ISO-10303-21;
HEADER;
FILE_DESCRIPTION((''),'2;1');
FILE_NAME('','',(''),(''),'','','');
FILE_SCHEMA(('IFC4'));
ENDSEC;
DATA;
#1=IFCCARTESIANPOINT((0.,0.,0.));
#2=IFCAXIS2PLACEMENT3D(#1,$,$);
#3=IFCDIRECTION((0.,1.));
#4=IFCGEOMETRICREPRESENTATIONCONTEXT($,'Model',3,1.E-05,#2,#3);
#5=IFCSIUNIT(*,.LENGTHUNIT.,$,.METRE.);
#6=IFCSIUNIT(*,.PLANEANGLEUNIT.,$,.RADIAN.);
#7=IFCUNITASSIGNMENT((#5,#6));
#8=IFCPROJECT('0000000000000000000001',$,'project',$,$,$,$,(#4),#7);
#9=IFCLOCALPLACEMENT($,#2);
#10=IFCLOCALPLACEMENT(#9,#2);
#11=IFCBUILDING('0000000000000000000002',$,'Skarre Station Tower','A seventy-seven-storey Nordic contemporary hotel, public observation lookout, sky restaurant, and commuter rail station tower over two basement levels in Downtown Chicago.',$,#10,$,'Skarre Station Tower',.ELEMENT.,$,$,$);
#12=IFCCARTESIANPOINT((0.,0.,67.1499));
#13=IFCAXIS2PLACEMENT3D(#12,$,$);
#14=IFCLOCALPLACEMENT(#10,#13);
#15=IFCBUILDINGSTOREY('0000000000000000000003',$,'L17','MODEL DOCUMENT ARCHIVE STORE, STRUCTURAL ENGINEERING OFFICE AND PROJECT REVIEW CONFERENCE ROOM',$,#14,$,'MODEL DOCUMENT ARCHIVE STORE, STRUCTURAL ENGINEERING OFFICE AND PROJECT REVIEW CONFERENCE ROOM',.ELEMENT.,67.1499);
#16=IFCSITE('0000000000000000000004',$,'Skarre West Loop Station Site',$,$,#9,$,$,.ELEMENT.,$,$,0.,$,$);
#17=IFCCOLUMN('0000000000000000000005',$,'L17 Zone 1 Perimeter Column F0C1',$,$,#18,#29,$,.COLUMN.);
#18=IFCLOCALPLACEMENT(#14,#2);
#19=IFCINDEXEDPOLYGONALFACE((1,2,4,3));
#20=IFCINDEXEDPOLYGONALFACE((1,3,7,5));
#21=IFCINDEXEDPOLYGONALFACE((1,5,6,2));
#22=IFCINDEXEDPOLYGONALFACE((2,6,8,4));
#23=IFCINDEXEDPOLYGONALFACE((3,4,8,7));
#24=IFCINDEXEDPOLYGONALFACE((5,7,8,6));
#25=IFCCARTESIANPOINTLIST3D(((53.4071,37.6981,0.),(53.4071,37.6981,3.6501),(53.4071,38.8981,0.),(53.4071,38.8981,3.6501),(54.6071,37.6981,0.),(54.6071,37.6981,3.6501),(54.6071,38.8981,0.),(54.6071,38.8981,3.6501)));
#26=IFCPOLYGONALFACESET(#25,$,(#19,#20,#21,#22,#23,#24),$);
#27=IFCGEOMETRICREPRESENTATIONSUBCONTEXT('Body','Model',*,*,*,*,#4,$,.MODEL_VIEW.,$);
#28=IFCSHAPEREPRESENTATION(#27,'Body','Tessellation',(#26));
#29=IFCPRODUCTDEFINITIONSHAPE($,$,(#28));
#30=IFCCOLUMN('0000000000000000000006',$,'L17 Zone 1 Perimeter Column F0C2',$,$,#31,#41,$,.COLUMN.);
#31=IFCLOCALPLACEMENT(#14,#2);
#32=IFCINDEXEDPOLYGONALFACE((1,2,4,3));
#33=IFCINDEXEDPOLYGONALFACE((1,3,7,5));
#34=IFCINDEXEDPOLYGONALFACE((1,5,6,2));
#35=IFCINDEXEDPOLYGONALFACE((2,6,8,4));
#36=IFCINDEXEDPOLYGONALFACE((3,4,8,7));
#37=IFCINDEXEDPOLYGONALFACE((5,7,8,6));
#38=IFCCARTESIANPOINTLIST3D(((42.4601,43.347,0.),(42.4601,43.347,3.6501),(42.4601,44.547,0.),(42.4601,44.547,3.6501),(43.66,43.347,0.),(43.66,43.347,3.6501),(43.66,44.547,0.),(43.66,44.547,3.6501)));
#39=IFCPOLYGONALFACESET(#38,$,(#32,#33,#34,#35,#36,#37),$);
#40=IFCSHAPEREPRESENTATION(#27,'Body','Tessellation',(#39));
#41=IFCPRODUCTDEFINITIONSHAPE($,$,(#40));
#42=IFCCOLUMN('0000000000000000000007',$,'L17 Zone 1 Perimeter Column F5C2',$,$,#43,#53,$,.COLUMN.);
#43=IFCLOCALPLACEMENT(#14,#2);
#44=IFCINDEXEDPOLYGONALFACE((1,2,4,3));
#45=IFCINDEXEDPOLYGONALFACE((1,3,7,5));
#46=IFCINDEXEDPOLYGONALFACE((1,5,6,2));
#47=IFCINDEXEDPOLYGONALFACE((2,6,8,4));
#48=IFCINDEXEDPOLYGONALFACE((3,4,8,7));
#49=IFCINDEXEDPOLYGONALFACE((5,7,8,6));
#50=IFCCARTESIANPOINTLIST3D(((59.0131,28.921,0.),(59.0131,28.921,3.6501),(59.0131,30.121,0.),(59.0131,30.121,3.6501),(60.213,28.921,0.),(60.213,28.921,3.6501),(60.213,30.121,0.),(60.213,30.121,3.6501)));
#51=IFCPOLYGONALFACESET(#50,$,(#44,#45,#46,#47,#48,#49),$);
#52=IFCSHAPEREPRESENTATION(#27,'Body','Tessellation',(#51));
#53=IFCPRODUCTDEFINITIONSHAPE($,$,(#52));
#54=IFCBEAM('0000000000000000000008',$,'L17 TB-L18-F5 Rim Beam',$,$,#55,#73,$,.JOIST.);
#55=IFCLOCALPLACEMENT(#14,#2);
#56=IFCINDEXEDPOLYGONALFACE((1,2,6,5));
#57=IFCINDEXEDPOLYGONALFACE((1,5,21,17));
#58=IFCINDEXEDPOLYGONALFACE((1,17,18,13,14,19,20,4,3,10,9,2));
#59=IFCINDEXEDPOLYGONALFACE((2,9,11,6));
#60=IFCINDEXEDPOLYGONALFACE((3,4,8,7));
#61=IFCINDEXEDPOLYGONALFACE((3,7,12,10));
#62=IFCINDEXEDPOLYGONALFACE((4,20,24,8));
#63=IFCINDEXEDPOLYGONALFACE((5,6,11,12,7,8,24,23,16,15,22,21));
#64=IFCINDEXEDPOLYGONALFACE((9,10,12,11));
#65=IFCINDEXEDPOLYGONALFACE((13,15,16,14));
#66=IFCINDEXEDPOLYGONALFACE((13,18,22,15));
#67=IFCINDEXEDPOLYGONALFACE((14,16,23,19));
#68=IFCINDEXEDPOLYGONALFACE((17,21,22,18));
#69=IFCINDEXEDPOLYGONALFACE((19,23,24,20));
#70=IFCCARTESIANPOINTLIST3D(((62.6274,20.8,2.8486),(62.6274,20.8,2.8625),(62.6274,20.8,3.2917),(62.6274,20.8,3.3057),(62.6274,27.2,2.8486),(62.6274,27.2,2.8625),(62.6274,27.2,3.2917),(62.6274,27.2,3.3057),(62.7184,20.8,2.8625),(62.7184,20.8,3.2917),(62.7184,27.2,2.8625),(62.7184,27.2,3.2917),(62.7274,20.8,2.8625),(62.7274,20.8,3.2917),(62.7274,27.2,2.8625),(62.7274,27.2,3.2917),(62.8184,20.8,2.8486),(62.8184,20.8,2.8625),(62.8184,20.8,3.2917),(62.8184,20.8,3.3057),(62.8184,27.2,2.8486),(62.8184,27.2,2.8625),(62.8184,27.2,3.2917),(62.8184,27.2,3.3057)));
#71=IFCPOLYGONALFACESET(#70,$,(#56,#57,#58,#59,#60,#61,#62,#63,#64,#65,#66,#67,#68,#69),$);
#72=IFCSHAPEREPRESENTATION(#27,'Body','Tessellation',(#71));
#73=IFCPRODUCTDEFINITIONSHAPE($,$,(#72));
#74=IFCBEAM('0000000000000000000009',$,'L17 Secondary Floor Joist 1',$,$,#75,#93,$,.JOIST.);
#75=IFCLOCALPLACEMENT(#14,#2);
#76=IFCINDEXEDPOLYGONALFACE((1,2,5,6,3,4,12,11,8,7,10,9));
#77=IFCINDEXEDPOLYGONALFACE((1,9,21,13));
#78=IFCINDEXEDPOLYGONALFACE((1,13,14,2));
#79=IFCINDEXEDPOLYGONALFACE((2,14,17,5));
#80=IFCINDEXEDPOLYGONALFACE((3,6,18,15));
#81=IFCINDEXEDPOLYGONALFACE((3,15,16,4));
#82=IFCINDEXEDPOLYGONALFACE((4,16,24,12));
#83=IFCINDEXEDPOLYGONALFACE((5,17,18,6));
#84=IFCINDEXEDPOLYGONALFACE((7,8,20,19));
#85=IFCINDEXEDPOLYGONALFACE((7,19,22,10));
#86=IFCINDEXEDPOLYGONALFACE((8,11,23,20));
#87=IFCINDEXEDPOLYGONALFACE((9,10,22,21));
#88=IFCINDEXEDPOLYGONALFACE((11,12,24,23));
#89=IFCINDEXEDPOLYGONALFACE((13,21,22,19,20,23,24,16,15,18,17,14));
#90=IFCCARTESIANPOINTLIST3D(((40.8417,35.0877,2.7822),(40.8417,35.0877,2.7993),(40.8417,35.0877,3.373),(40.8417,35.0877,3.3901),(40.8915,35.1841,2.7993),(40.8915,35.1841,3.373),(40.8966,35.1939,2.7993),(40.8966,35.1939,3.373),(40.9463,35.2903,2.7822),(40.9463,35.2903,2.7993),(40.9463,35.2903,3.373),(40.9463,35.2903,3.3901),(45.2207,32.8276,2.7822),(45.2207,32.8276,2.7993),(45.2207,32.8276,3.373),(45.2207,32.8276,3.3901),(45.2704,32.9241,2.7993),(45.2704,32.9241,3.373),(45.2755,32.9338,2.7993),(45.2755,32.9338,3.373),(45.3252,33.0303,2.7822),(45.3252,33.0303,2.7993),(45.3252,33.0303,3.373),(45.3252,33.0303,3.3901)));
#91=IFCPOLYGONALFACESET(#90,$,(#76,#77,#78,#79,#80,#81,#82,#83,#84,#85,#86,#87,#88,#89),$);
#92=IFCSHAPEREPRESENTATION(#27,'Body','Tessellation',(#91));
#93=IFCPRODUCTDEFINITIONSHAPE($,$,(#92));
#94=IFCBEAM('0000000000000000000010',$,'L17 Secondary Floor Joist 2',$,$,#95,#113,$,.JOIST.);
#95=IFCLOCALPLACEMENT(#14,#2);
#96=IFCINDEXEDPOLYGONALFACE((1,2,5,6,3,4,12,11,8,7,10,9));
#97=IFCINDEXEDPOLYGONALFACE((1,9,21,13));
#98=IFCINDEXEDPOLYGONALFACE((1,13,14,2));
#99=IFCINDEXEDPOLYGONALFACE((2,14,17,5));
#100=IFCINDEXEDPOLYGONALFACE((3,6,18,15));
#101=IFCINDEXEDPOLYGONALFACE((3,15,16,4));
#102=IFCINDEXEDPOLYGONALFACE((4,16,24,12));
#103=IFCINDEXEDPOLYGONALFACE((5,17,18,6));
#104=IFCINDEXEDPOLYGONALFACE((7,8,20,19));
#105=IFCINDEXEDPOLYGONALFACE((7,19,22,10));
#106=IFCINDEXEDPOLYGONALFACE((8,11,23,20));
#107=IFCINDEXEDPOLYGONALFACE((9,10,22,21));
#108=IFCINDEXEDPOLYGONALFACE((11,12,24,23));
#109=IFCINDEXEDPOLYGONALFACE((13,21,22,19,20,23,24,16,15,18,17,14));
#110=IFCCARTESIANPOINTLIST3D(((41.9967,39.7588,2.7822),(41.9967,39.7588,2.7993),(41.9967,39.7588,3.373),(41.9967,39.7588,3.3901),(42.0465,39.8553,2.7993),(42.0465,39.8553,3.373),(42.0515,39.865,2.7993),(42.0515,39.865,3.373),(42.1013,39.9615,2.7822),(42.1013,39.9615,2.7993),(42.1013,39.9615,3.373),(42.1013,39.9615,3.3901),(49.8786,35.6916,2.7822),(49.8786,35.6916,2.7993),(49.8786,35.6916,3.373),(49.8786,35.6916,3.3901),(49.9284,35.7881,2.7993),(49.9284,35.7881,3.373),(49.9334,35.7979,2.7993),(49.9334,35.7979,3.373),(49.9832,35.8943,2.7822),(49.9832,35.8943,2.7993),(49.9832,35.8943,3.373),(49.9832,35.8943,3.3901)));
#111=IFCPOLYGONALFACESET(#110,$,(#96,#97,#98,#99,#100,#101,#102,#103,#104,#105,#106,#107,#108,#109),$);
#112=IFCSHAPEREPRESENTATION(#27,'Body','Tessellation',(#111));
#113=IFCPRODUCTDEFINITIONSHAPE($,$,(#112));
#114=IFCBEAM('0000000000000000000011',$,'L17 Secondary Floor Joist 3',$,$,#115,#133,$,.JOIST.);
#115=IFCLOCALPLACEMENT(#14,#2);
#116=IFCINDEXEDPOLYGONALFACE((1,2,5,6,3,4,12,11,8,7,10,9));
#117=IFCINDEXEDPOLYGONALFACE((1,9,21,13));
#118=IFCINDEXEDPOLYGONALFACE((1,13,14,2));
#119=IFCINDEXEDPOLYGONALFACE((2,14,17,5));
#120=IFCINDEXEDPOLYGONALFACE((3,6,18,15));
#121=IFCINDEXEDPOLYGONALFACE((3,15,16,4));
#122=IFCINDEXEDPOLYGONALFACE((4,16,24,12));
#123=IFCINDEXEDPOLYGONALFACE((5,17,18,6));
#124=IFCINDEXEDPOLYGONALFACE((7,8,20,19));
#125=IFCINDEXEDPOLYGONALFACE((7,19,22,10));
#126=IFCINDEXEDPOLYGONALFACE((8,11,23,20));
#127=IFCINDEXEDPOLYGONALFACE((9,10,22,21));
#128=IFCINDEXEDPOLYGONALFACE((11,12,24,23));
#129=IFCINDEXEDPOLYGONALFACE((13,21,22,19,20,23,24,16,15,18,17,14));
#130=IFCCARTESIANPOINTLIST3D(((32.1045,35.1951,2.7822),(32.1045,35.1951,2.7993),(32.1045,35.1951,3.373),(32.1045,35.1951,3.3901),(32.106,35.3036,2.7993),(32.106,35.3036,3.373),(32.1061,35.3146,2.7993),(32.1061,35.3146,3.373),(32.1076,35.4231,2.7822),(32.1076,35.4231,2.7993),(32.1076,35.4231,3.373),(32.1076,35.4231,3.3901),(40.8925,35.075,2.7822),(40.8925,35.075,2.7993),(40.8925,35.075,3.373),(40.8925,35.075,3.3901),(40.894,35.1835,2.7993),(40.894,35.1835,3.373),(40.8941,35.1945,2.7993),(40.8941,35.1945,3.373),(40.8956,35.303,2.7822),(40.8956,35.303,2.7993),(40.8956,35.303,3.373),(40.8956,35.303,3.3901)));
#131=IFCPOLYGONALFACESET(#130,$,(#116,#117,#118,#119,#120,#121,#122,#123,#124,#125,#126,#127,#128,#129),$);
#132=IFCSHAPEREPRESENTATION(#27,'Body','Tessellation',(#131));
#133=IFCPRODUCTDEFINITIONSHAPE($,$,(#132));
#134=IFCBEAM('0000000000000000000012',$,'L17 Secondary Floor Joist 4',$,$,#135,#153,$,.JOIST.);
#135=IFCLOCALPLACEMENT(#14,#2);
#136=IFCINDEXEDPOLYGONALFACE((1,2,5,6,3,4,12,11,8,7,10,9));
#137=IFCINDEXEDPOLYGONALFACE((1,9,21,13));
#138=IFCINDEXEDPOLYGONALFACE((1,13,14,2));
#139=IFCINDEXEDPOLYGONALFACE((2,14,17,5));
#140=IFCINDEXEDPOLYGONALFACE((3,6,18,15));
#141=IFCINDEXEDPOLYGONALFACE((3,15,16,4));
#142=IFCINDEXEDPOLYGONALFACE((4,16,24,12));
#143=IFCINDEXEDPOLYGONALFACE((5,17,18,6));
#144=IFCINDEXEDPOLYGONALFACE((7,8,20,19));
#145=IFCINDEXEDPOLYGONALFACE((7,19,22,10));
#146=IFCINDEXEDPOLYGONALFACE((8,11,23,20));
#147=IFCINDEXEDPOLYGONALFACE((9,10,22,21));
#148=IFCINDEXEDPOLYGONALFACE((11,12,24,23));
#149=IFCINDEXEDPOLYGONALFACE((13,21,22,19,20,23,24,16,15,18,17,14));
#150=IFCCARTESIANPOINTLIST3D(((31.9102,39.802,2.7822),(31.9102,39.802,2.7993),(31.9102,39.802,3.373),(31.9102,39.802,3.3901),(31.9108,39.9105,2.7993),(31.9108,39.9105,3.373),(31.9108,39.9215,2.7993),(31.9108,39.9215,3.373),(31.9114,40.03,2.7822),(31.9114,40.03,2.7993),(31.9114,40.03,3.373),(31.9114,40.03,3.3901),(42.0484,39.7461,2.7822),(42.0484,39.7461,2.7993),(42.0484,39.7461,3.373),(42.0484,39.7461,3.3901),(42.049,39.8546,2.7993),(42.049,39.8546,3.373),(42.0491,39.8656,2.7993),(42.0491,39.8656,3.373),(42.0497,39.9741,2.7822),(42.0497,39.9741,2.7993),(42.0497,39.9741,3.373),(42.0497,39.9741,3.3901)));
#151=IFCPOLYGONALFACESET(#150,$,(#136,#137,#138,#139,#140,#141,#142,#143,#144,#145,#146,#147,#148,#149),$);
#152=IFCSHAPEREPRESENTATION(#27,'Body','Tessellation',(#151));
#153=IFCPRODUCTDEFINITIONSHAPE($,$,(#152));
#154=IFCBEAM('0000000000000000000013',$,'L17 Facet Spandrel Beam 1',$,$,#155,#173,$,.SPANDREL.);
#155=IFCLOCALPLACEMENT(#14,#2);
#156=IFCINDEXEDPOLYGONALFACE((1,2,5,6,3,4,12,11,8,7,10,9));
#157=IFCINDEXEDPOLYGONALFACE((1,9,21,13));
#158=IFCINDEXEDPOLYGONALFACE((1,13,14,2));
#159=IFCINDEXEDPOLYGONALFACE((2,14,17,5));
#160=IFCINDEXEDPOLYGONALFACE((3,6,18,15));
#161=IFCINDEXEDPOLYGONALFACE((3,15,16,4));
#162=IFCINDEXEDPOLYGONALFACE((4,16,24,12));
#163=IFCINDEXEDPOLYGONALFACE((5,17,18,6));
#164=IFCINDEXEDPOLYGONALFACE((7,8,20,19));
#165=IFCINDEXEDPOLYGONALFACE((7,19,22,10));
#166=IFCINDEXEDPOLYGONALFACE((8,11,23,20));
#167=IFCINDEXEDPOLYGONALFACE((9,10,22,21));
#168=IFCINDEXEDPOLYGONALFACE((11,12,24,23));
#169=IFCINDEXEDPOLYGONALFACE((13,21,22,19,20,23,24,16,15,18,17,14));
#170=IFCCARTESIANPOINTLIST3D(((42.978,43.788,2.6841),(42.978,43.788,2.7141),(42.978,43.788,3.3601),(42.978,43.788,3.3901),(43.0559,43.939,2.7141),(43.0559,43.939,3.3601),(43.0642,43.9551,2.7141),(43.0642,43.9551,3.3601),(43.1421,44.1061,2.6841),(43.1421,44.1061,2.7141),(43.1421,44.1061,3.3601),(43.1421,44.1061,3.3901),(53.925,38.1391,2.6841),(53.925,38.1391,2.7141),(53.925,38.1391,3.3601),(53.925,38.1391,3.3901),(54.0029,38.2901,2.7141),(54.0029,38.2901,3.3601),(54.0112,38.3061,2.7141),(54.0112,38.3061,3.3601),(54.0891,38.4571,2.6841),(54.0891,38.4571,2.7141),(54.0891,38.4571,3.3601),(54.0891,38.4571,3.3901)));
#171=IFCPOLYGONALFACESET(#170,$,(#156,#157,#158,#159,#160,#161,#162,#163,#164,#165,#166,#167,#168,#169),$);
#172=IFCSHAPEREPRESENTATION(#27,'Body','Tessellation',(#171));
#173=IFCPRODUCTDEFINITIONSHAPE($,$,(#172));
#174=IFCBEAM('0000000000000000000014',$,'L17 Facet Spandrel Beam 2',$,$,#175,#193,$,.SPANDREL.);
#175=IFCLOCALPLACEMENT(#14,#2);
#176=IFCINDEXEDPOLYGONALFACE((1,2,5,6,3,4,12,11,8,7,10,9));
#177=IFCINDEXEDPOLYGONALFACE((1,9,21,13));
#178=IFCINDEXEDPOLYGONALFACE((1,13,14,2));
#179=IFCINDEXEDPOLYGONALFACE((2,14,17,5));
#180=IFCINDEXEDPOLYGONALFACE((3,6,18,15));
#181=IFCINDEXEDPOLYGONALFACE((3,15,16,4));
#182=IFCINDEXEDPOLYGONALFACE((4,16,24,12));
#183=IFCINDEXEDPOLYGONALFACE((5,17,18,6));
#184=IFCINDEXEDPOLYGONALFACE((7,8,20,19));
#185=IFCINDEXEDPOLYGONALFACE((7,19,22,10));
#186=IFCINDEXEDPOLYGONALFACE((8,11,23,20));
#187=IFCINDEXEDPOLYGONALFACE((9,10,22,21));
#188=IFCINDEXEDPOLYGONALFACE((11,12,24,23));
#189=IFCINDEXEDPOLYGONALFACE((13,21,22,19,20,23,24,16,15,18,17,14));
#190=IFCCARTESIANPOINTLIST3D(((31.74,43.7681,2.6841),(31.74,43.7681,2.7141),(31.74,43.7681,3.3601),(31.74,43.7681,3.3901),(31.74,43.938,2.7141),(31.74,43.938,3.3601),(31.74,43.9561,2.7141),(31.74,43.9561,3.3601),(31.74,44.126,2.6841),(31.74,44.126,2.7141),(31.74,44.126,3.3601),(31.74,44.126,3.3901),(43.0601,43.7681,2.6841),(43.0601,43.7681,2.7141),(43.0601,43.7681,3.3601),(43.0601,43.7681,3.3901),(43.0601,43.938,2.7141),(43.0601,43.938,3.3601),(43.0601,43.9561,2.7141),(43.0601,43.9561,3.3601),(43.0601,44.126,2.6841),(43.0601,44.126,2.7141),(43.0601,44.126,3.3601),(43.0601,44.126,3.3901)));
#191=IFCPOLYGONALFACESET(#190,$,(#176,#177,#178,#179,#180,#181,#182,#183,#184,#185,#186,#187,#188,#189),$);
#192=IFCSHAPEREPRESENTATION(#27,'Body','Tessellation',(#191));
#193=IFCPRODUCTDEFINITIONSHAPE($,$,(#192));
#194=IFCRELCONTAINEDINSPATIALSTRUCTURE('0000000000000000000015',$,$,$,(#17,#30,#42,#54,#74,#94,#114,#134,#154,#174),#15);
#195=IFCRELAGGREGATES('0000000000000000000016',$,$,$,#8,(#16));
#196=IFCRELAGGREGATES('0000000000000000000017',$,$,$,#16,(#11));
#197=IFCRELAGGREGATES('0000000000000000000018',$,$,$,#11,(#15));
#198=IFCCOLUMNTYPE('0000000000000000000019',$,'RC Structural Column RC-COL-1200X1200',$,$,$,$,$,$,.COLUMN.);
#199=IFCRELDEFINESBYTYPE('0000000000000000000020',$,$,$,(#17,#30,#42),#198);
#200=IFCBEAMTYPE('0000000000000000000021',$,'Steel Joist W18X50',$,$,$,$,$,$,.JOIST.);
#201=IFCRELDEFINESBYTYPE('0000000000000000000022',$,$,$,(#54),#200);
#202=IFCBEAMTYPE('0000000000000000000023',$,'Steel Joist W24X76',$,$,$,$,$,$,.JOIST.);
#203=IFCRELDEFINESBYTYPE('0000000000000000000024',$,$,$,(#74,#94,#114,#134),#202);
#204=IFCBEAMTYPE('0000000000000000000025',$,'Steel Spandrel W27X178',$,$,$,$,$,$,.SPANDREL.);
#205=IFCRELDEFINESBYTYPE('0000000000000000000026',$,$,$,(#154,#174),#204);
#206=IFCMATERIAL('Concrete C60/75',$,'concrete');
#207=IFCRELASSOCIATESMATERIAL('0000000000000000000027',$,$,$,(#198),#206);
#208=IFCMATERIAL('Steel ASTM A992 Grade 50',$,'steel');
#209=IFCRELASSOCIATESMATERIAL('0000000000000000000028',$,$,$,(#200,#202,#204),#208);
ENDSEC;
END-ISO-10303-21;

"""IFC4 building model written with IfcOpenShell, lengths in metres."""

from ifc_helpers import new_model, si_unit, direction, frame, origin, origin_2d, place, context, subcontext, project, spatial, rectangle, i_section, extrude, material, material_profile, profile_set, type_object, element, save


model = new_model("IFC4")

# Units and contexts
model_context = context("Model", 3, precision=1e-05, world=origin(), true_north=direction((0.0, 1.0)))
body_context = subcontext(model_context, "Body", "Model", "MODEL_VIEW")
ifc_project = project(units=[si_unit("LENGTHUNIT", "METRE"), si_unit("PLANEANGLEUNIT", "RADIAN")], contexts=[model_context])

# Site, building, storey
site_placement = place(None, origin())
site = spatial("IfcSite", under=ifc_project, at=site_placement, Name="Skarre West Loop Station Site", CompositionType="ELEMENT", RefElevation=0.0)
building_placement = place(site_placement, origin())
building = spatial("IfcBuilding", under=site, at=building_placement, Name="Skarre Station Tower", Description="A seventy-seven-storey Nordic contemporary hotel, public observation lookout, sky restaurant, and commuter rail station tower over two basement levels in Downtown Chicago.", LongName="Skarre Station Tower", CompositionType="ELEMENT")
storey_placement = place(building_placement, frame((0.0, 0.0, 67.1499)))
storey = spatial("IfcBuildingStorey", under=building, at=storey_placement, Name="L17", Description="MODEL DOCUMENT ARCHIVE STORE, STRUCTURAL ENGINEERING OFFICE AND PROJECT REVIEW CONFERENCE ROOM", LongName="MODEL DOCUMENT ARCHIVE STORE, STRUCTURAL ENGINEERING OFFICE AND PROJECT REVIEW CONFERENCE ROOM", CompositionType="ELEMENT", Elevation=67.1499)

# Columns
ifc_material_1 = material(Name="Concrete C60/75", Category="concrete")
ifc_material_profile_1 = material_profile(ifc_material_1, rectangle(XDim=1.2, YDim=1.2, at=origin_2d()), Name="Concrete C60/75")
ifc_profile_set_1 = profile_set([ifc_material_profile_1], Name="Concrete C60/75")
column_type = type_object("IfcColumnType", Name="RC Structural Column RC-COL-1200X1200", PredefinedType="COLUMN", material=ifc_profile_set_1)
for number, where, z_axis, x_axis, name in (
    (1, (54.0071, 38.2981, 0.0), (0.0, 0.0, 1.0), (1.0, 0.0, 0.0), "L17 Zone 1 Perimeter Column F0C1"),
    (2, (43.0601, 43.947, 0.0), (0.0, 0.0, 1.0), (1.0, 0.0, 0.0), "L17 Zone 1 Perimeter Column F0C2"),
    (3, (59.613, 29.521, 0.0), (0.0, 0.0, 1.0), (1.0, 0.0, 0.0), "L17 Zone 1 Perimeter Column F5C2"),
):
    element("IfcColumn", number, at=place(storey_placement, frame(where, z_axis=z_axis, x_axis=x_axis)), inside=storey, type_object=column_type, Name=name, PredefinedType="COLUMN", context=body_context, shape_type="SweptSolid", body=[
        extrude(rectangle(XDim=1.2, YDim=1.2, at=origin_2d()), origin(), (0.0, 0.0, 1.0), 3.6501),
    ])

# Beams
ifc_material_2 = material(Name="Steel ASTM A992 Grade 50", Category="steel")
ifc_material_profile_2 = material_profile(ifc_material_2, i_section(OverallWidth=0.1909, OverallDepth=0.457, WebThickness=0.009, FlangeThickness=0.0139, at=origin_2d()), Name="Steel ASTM A992 Grade 50")
ifc_profile_set_2 = profile_set([ifc_material_profile_2], Name="Steel ASTM A992 Grade 50")
beam_type_1 = type_object("IfcBeamType", Name="Steel Joist W18X50", PredefinedType="JOIST", material=ifc_profile_set_2)
beam_1_placement = place(storey_placement, frame((62.7229, 20.8, 3.0771), z_axis=(0.0, 1.0, 0.0), x_axis=(-1.0, 0.0, 0.0)))
element("IfcBeam", 4, at=beam_1_placement, inside=storey, type_object=beam_type_1, Name="L17 TB-L18-F5 Rim Beam", PredefinedType="JOIST", context=body_context, shape_type="SweptSolid", body=[
    extrude(i_section(OverallWidth=0.1909, OverallDepth=0.457, WebThickness=0.009, FlangeThickness=0.0139, at=origin_2d()), origin(), (0.0, 0.0, 1.0), 6.3999),
])
ifc_material_profile_3 = material_profile(ifc_material_2, i_section(OverallWidth=0.228, OverallDepth=0.6079, WebThickness=0.011, FlangeThickness=0.0171, at=origin_2d()), Name="Steel ASTM A992 Grade 50")
ifc_profile_set_3 = profile_set([ifc_material_profile_3], Name="Steel ASTM A992 Grade 50")
beam_type_2 = type_object("IfcBeamType", Name="Steel Joist W24X76", PredefinedType="JOIST", material=ifc_profile_set_3)
beam_2_placement = place(storey_placement, frame((45.2729, 32.929, 3.0862), z_axis=(-0.888627, 0.458632, 0.0), x_axis=(-0.458632, -0.888627, 0.0)))
element("IfcBeam", 5, at=beam_2_placement, inside=storey, type_object=beam_type_2, Name="L17 Secondary Floor Joist 1", PredefinedType="JOIST", context=body_context, shape_type="SweptSolid", body=[
    extrude(i_section(OverallWidth=0.228, OverallDepth=0.6079, WebThickness=0.011, FlangeThickness=0.0171, at=origin_2d()), origin(), (0.0, 0.0, 1.0), 4.9277),
])
beam_3_placement = place(storey_placement, frame((49.9309, 35.793, 3.0862), z_axis=(-0.888662, 0.458562, 0.0), x_axis=(-0.458562, -0.888662, 0.0)))
element("IfcBeam", 6, at=beam_3_placement, inside=storey, type_object=beam_type_2, Name="L17 Secondary Floor Joist 2", PredefinedType="JOIST", context=body_context, shape_type="SweptSolid", body=[
    extrude(i_section(OverallWidth=0.228, OverallDepth=0.6079, WebThickness=0.011, FlangeThickness=0.0171, at=origin_2d()), origin(), (0.0, 0.0, 1.0), 8.8694),
])
beam_4_placement = place(storey_placement, frame((40.894, 35.189, 3.0862), z_axis=(-0.999907, 0.013667, 0.0), x_axis=(-0.013667, -0.999907, 0.0)))
element("IfcBeam", 7, at=beam_4_placement, inside=storey, type_object=beam_type_2, Name="L17 Secondary Floor Joist 3", PredefinedType="JOIST", context=body_context, shape_type="SweptSolid", body=[
    extrude(i_section(OverallWidth=0.228, OverallDepth=0.6079, WebThickness=0.011, FlangeThickness=0.0171, at=origin_2d()), origin(), (0.0, 0.0, 1.0), 8.7888),
])
beam_5_placement = place(storey_placement, frame((42.0491, 39.8601, 3.0862), z_axis=(-0.999985, 0.005515, 0.0), x_axis=(-0.005515, -0.999985, 0.0)))
element("IfcBeam", 8, at=beam_5_placement, inside=storey, type_object=beam_type_2, Name="L17 Secondary Floor Joist 4", PredefinedType="JOIST", context=body_context, shape_type="SweptSolid", body=[
    extrude(i_section(OverallWidth=0.228, OverallDepth=0.6079, WebThickness=0.011, FlangeThickness=0.0171, at=origin_2d()), origin(), (0.0, 0.0, 1.0), 10.1384),
])
ifc_material_profile_4 = material_profile(ifc_material_2, i_section(OverallWidth=0.3579, OverallDepth=0.7061, WebThickness=0.0181, FlangeThickness=0.03, at=origin_2d()), Name="Steel ASTM A992 Grade 50")
ifc_profile_set_4 = profile_set([ifc_material_profile_4], Name="Steel ASTM A992 Grade 50")
beam_type_3 = type_object("IfcBeamType", Name="Steel Spandrel W27X178", PredefinedType="SPANDREL", material=ifc_profile_set_4)
beam_6_placement = place(storey_placement, frame((54.0071, 38.2981, 3.0371), z_axis=(-0.888659, 0.458569, 0.0), x_axis=(-0.458569, -0.888659, 0.0)))
element("IfcBeam", 9, at=beam_6_placement, inside=storey, type_object=beam_type_3, Name="L17 Facet Spandrel Beam 1", PredefinedType="SPANDREL", context=body_context, shape_type="SweptSolid", body=[
    extrude(i_section(OverallWidth=0.3579, OverallDepth=0.7061, WebThickness=0.0181, FlangeThickness=0.03, at=origin_2d()), origin(), (0.0, 0.0, 1.0), 12.3186),
])
beam_7_placement = place(storey_placement, frame((43.0601, 43.947, 3.0371), z_axis=(-1.0, 0.0, 0.0), x_axis=(0.0, -1.0, 0.0)))
element("IfcBeam", 10, at=beam_7_placement, inside=storey, type_object=beam_type_3, Name="L17 Facet Spandrel Beam 2", PredefinedType="SPANDREL", context=body_context, shape_type="SweptSolid", body=[
    extrude(i_section(OverallWidth=0.3579, OverallDepth=0.7061, WebThickness=0.0181, FlangeThickness=0.03, at=origin_2d()), origin(), (0.0, 0.0, 1.0), 11.3201),
])

save(model, "model.ifc")
